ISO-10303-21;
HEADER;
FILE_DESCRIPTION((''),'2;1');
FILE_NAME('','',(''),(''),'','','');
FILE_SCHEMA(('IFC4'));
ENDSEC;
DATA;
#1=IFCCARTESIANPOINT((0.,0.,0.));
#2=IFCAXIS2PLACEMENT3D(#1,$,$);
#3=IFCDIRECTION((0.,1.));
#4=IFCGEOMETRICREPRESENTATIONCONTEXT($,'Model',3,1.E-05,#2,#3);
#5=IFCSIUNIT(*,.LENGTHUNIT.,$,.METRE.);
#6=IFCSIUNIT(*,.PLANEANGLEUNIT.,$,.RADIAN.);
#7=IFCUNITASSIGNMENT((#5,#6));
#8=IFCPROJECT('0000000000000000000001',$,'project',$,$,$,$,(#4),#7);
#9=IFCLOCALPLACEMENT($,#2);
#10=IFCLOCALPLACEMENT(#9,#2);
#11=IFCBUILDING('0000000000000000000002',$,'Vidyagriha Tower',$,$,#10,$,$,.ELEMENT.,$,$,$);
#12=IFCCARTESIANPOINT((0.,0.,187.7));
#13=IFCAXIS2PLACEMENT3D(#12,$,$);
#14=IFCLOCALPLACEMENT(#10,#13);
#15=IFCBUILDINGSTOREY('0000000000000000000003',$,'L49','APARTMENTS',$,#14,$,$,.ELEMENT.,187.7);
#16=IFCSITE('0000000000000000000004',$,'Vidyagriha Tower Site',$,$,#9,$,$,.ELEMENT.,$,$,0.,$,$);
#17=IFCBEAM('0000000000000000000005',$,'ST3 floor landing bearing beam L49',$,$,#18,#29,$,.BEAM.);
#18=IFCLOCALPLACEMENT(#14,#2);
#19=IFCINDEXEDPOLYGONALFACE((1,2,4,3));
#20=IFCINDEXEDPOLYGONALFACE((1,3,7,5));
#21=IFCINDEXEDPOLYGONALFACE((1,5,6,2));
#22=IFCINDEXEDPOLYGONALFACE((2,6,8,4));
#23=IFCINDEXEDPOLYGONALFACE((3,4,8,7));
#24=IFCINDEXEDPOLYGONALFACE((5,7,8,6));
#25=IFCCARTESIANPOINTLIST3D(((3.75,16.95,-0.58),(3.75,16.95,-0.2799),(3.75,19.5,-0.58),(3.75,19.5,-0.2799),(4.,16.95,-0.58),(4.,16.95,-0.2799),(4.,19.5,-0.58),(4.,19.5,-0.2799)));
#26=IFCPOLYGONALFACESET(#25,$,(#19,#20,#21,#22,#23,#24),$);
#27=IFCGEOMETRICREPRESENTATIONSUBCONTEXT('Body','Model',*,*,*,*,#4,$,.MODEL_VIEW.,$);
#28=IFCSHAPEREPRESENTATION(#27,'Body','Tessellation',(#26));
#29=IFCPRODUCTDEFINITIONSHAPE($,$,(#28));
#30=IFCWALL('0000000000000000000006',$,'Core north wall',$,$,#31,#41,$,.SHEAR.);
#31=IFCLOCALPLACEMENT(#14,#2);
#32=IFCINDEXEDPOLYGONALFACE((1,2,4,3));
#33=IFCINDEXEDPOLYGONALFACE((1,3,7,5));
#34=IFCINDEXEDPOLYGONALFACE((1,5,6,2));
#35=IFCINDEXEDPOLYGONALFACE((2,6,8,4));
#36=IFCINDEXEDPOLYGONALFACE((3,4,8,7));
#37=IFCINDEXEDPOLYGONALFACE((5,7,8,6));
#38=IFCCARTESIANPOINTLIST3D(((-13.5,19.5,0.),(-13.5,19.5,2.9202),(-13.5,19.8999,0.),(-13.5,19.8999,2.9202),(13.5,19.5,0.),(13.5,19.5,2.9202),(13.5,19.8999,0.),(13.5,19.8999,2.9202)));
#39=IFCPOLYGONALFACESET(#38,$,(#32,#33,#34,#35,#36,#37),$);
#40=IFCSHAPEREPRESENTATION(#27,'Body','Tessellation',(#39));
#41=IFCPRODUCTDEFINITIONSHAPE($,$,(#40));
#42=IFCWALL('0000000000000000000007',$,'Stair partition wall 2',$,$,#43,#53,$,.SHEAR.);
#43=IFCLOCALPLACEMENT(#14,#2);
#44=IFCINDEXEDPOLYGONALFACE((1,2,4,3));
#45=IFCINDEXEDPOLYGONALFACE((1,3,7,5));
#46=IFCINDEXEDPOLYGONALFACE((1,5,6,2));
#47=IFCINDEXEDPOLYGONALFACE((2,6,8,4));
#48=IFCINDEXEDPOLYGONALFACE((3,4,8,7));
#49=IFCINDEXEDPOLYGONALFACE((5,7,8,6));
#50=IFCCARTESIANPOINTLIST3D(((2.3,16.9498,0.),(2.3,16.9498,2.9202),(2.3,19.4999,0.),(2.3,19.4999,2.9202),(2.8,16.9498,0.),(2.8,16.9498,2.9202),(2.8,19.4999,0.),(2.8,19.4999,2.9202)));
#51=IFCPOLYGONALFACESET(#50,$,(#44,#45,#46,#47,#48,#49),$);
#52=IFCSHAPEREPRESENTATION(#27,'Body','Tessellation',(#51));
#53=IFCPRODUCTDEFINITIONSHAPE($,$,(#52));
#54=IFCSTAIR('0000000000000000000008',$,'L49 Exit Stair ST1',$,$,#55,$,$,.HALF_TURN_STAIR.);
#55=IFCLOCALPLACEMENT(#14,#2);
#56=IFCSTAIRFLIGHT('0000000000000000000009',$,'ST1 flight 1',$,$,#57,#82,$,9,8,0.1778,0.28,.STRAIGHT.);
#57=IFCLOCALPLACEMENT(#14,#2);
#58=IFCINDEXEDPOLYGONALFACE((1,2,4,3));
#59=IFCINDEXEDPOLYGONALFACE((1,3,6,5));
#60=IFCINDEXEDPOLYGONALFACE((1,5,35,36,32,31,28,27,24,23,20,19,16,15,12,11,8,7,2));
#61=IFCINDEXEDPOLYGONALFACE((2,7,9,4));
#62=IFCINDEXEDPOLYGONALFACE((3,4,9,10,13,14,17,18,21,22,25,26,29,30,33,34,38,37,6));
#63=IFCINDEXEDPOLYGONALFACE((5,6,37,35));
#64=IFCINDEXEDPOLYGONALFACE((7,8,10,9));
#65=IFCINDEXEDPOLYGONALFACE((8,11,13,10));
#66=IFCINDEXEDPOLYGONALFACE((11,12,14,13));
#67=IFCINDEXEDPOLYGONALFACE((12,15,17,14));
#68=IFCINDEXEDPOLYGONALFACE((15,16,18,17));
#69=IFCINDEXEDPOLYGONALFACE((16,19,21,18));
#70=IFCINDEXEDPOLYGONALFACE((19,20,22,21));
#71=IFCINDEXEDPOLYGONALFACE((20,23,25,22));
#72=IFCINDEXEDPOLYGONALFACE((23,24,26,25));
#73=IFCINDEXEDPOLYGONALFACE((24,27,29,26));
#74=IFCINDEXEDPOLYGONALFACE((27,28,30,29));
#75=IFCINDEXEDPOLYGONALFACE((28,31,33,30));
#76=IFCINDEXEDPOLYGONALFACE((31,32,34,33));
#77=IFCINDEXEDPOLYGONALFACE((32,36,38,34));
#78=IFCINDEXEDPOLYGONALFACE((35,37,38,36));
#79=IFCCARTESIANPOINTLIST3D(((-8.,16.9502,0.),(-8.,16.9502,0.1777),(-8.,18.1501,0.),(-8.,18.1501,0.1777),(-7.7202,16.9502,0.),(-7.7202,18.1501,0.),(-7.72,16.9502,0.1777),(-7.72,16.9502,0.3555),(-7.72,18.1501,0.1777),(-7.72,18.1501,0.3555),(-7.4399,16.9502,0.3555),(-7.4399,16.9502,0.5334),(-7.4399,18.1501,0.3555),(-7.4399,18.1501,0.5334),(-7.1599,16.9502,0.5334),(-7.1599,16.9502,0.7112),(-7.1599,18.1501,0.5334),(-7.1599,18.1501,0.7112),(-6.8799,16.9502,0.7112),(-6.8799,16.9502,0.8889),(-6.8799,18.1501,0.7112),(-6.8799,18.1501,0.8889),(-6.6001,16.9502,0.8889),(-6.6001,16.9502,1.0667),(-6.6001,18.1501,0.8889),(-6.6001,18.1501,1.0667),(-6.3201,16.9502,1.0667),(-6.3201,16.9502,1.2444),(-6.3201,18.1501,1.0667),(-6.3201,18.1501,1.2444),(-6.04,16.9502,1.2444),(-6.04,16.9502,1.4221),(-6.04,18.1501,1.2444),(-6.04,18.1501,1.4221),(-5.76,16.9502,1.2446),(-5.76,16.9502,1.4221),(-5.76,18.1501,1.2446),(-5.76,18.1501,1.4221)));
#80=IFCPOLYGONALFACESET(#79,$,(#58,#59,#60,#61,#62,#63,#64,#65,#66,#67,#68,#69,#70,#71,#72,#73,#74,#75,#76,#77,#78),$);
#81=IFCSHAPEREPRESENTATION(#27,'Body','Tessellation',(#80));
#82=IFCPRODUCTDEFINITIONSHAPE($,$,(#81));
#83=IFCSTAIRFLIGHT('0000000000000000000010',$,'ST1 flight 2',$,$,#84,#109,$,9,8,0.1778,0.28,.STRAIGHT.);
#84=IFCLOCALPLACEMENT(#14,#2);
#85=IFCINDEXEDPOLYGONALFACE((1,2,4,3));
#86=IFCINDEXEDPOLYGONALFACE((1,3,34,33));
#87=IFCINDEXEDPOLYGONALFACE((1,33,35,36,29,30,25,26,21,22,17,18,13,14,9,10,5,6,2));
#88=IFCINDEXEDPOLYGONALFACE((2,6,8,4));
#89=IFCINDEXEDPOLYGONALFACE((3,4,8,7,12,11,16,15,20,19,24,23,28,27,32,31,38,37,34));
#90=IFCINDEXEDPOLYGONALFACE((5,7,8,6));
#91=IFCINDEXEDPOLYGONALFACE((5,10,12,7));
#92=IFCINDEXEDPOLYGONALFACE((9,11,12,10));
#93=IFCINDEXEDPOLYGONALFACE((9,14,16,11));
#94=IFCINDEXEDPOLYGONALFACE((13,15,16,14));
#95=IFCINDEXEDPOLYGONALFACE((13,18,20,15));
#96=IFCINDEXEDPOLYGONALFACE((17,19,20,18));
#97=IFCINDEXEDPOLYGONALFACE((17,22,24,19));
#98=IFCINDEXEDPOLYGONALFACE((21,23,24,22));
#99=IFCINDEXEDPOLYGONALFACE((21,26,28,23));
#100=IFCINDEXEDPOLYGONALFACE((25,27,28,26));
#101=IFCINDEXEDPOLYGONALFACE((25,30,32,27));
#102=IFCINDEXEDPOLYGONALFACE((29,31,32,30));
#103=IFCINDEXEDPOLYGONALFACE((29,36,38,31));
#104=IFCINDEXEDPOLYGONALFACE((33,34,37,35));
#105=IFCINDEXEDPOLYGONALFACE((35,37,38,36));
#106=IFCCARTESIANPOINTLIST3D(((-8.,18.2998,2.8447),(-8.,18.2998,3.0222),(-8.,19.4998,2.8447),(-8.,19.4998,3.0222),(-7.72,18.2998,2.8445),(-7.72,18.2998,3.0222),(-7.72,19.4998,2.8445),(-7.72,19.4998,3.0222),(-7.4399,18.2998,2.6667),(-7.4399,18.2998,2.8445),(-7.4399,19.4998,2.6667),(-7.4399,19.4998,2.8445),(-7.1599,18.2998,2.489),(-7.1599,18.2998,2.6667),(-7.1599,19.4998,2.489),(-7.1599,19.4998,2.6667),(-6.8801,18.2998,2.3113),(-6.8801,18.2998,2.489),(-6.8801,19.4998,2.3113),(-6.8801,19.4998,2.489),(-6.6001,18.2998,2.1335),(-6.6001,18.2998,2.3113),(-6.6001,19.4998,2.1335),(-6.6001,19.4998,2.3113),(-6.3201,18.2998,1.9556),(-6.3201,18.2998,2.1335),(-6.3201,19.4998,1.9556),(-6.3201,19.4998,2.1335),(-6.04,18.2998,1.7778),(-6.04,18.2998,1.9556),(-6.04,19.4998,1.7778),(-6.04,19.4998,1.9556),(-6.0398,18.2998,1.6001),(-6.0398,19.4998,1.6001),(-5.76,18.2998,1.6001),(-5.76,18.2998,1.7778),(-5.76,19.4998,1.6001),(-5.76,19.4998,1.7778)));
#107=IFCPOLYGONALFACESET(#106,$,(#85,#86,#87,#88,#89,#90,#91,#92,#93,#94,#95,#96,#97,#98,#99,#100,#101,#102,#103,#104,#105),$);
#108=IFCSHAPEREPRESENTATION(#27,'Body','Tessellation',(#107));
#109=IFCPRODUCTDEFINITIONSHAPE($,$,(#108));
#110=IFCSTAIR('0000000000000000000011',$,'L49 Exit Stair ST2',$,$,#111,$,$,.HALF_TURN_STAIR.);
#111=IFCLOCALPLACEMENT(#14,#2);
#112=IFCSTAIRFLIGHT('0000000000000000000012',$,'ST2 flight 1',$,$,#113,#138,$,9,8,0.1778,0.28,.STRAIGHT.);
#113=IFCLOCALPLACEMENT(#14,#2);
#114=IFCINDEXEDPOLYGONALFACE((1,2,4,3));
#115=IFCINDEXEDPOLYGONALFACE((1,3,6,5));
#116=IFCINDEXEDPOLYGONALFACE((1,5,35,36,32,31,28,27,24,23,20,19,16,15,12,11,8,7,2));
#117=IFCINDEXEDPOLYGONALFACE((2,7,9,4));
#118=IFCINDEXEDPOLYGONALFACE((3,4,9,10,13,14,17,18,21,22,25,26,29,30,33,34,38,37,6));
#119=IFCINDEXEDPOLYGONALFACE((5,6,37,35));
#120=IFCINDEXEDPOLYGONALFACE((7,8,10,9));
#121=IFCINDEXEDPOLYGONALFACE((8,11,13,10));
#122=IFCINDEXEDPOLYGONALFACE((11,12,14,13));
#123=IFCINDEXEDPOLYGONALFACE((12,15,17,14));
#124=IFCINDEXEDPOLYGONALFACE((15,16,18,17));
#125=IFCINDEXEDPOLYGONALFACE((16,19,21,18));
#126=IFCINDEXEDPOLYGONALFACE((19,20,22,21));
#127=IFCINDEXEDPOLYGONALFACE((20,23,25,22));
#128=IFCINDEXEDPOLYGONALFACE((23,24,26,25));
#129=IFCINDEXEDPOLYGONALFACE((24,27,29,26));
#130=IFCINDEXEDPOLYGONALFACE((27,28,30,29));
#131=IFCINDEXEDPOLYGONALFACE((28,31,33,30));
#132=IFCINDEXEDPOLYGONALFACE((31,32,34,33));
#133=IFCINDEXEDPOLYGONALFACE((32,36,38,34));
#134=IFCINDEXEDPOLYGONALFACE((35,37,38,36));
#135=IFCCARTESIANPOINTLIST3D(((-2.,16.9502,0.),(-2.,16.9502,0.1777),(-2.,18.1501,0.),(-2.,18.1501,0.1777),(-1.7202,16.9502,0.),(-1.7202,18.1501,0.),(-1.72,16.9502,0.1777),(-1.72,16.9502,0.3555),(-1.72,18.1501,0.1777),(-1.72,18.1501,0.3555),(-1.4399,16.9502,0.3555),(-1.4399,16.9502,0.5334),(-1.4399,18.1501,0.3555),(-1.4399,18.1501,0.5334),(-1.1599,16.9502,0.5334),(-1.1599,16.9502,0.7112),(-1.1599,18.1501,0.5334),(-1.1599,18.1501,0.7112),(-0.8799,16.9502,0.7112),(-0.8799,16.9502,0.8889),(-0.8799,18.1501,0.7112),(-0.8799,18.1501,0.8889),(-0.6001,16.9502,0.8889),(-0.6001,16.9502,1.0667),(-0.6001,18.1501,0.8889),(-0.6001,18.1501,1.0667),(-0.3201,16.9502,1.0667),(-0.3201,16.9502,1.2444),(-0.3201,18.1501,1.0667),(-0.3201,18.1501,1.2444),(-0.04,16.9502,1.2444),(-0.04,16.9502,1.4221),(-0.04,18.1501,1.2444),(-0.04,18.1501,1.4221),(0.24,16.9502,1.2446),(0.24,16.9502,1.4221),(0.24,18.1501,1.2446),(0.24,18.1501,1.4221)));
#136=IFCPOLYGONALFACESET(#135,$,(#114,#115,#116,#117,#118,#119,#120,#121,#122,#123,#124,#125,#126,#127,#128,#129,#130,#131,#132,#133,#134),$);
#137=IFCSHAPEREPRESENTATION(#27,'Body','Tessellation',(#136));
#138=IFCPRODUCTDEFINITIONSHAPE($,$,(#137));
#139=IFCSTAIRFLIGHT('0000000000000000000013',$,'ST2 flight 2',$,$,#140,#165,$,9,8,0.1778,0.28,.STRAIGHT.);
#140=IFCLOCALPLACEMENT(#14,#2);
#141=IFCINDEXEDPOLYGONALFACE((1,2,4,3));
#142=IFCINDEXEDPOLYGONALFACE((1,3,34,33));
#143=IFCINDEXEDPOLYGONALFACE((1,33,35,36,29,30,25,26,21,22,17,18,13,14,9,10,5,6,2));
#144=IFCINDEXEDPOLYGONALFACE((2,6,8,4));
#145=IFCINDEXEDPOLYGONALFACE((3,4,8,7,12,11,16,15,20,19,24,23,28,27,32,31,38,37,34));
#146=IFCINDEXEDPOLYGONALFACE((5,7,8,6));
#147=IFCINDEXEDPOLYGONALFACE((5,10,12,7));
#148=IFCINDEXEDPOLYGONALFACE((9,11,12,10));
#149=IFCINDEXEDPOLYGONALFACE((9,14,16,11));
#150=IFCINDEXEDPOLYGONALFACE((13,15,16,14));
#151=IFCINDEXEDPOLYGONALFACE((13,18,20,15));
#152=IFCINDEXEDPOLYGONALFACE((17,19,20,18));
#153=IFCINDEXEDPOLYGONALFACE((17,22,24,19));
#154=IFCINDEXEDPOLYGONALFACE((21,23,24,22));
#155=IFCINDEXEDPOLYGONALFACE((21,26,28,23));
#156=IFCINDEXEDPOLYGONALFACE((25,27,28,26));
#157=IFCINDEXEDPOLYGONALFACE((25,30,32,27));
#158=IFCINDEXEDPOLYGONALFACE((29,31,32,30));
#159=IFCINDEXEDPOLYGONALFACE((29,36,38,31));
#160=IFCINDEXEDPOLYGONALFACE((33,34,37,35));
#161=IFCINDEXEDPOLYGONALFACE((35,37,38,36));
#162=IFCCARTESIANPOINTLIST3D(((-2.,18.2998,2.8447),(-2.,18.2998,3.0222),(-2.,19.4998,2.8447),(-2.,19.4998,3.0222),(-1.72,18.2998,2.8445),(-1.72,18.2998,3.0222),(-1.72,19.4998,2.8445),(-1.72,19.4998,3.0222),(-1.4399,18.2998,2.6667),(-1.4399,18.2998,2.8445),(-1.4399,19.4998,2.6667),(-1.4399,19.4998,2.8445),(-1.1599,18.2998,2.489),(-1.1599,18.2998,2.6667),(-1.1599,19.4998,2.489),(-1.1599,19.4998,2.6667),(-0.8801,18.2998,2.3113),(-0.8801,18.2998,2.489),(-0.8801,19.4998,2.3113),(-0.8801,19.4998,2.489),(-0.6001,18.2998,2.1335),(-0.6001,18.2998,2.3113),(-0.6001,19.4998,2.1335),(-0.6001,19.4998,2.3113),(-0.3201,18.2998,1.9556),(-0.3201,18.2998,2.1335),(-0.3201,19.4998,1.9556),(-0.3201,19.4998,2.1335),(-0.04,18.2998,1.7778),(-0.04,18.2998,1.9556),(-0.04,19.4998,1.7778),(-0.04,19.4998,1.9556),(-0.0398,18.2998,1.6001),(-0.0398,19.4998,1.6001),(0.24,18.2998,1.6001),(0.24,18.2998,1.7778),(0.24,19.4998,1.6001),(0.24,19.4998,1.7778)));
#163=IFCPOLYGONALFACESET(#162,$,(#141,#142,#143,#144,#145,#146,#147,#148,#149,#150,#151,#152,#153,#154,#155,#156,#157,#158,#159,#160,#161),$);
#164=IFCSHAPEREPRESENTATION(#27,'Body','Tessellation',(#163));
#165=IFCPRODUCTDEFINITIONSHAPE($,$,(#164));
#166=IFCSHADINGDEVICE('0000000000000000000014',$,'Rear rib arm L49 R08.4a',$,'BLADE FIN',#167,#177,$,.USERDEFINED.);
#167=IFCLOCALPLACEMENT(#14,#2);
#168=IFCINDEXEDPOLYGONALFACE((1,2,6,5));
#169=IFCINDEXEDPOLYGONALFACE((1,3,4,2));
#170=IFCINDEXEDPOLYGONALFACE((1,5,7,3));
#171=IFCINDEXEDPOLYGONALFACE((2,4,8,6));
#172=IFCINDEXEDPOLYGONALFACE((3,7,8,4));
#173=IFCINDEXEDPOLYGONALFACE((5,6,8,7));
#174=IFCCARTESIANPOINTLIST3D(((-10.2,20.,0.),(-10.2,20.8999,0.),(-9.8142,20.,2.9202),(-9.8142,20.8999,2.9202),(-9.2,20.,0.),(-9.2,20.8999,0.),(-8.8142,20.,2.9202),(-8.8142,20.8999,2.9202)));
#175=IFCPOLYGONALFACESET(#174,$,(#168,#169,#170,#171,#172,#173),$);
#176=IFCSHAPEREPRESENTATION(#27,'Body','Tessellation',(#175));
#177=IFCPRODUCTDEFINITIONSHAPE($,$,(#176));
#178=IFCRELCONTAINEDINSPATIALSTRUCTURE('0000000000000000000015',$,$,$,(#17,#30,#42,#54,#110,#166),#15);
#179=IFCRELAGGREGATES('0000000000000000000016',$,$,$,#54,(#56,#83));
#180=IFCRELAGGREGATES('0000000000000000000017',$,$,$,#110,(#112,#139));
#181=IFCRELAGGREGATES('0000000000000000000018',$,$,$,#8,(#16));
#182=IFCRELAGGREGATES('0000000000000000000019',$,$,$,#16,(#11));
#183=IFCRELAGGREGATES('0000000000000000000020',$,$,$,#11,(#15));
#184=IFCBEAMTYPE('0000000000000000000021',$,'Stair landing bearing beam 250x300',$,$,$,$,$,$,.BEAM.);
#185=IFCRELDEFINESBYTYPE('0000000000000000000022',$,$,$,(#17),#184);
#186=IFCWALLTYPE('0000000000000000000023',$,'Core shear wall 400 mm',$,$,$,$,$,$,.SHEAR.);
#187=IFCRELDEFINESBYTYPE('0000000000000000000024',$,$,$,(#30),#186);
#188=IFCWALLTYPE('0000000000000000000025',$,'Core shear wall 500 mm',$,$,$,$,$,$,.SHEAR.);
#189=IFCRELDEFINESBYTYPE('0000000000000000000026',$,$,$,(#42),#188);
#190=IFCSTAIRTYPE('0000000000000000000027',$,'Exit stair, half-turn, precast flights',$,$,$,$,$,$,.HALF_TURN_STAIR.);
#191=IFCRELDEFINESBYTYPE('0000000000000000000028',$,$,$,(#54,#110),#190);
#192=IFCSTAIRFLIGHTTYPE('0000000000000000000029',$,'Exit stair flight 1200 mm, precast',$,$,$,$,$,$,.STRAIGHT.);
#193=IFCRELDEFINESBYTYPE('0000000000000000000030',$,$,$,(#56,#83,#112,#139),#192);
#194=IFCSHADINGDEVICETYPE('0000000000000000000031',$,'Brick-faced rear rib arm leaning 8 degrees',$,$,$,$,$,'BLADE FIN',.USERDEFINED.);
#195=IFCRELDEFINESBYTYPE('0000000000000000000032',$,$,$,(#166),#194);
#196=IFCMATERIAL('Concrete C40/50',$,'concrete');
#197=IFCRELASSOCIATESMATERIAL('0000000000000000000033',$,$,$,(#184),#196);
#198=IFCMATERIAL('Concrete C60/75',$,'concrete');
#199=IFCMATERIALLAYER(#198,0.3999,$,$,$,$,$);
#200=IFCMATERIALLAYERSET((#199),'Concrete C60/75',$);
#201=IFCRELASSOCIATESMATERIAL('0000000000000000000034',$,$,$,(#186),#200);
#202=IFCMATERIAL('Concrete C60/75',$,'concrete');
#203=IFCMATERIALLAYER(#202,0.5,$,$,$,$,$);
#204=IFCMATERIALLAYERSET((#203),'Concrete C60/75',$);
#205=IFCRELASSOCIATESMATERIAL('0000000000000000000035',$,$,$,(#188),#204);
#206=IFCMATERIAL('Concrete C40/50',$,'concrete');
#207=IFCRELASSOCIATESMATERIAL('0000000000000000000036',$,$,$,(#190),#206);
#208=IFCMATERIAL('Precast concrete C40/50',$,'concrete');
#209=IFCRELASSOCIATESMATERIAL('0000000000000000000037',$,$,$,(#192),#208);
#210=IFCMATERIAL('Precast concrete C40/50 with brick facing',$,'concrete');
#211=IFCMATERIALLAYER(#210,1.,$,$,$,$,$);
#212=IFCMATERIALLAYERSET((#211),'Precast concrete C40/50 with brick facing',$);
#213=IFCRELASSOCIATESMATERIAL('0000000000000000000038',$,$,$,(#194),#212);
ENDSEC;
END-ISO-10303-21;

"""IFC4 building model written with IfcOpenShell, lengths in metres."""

from ifc_helpers import new_model, si_unit, direction, frame, frame_2d, origin, origin_2d, place, context, subcontext, project, spatial, polyline, rectangle, outline, extrude, material, layer, layer_set, material_profile, profile_set, type_object, element, aggregate, save


model = new_model("IFC4")

# Units and contexts
model_context = context("Model", 3, precision=1e-05, world=origin(), true_north=direction((0.0, 1.0)))
body_context = subcontext(model_context, "Body", "Model", "MODEL_VIEW")
ifc_project = project(units=[si_unit("LENGTHUNIT", "METRE"), si_unit("PLANEANGLEUNIT", "RADIAN")], contexts=[model_context])

# Site, building, storey
site_placement = place(None, origin())
site = spatial("IfcSite", under=ifc_project, at=site_placement, Name="Vidyagriha Tower Site", CompositionType="ELEMENT", RefElevation=0.0)
building_placement = place(site_placement, origin())
building = spatial("IfcBuilding", under=site, at=building_placement, Name="Vidyagriha Tower", CompositionType="ELEMENT")
storey_placement = place(building_placement, frame((0.0, 0.0, 187.7)))
storey = spatial("IfcBuildingStorey", under=building, at=storey_placement, Name="L49", Description="APARTMENTS", CompositionType="ELEMENT", Elevation=187.7)

# Beam
ifc_material_1 = material(Name="Concrete C40/50", Category="concrete")
ifc_material_profile = material_profile(ifc_material_1, rectangle(XDim=0.25, YDim=0.3, at=origin_2d()), Name="Stair landing bearing beam 250x300")
ifc_profile_set = profile_set([ifc_material_profile], Name="Concrete C40/50")
beam_type = type_object("IfcBeamType", Name="Stair landing bearing beam 250x300", PredefinedType="BEAM", material=ifc_profile_set)
beam_placement = place(storey_placement, frame((3.875, 16.95, -0.4299), z_axis=(0.0, 1.0, 0.0), x_axis=(-1.0, 0.0, 0.0)))
element("IfcBeam", 1, at=beam_placement, inside=storey, type_object=beam_type, Name="ST3 floor landing bearing beam L49", PredefinedType="BEAM", context=body_context, shape_type="SweptSolid", body=[
    extrude(rectangle(XDim=0.25, YDim=0.3, at=origin_2d()), origin(), (0.0, 0.0, 1.0), 2.55),
])

# Walls
ifc_material_2 = material(Name="Concrete C60/75", Category="concrete")
ifc_layer_1 = layer(ifc_material_2, 0.3999)
ifc_layer_set_1 = layer_set([ifc_layer_1], Name="Concrete C60/75")
wall_type_1 = type_object("IfcWallType", Name="Core shear wall 400 mm", PredefinedType="SHEAR", material=ifc_layer_set_1)
wall_1_placement = place(storey_placement, frame((-13.5, 19.7, 0.0)))
element("IfcWall", 2, at=wall_1_placement, inside=storey, type_object=wall_type_1, Name="Core north wall", PredefinedType="SHEAR", context=body_context, shape_type="SweptSolid", body=[
    extrude(rectangle(XDim=27.0, YDim=0.3999, at=frame_2d((13.5, 0.0))), origin(), (0.0, 0.0, 1.0), 2.9202),
])
ifc_material_3 = material(Name="Concrete C60/75", Category="concrete")
ifc_layer_2 = layer(ifc_material_3, 0.5)
ifc_layer_set_2 = layer_set([ifc_layer_2], Name="Concrete C60/75")
wall_type_2 = type_object("IfcWallType", Name="Core shear wall 500 mm", PredefinedType="SHEAR", material=ifc_layer_set_2)
wall_2_placement = place(storey_placement, frame((2.55, 16.95, 0.0), z_axis=(0.0, 0.0, 1.0), x_axis=(0.0, 1.0, 0.0)))
element("IfcWall", 3, at=wall_2_placement, inside=storey, type_object=wall_type_2, Name="Stair partition wall 2", PredefinedType="SHEAR", context=body_context, shape_type="SweptSolid", body=[
    extrude(rectangle(XDim=2.55, YDim=0.5, at=frame_2d((1.2749, 0.0))), origin(), (0.0, 0.0, 1.0), 2.9202),
])

# Stairs, stair flights
ifc_material_4 = material(Name="Concrete C40/50", Category="concrete")
stair_type = type_object("IfcStairType", Name="Exit stair, half-turn, precast flights", PredefinedType="HALF_TURN_STAIR", material=ifc_material_4)
stair_1_placement = place(storey_placement, origin())
stair_1 = element("IfcStair", 4, at=stair_1_placement, inside=storey, type_object=stair_type, Name="L49 Exit Stair ST1", PredefinedType="HALF_TURN_STAIR")
ifc_material_5 = material(Name="Precast concrete C40/50", Category="concrete")
stair_flight_type = type_object("IfcStairFlightType", Name="Exit stair flight 1200 mm, precast", PredefinedType="STRAIGHT", material=ifc_material_5)
stair_flight_1_placement = place(storey_placement, frame((-8.0, 17.55, 0.0)))
stair_flight_1 = element("IfcStairFlight", 5, at=stair_flight_1_placement, type_object=stair_flight_type, Name="ST1 flight 1", NumberOfRisers=9, NumberOfTreads=8, PredefinedType="STRAIGHT", RiserHeight=0.1778, TreadLength=0.28, context=body_context, shape_type="SweptSolid", body=[
    extrude(outline(polyline([(0.0, 0.0), (0.0, 0.1777), (0.28, 0.1777), (0.28, 0.3555), (0.5601, 0.3555), (0.5601, 0.5334), (0.8401, 0.5334), (0.8401, 0.7112), (1.1201, 0.7112), (1.1201, 0.8889), (1.3999, 0.8889), (1.3999, 1.0667), (1.6799, 1.0667), (1.6799, 1.2444), (1.96, 1.2444), (1.96, 1.4221), (2.24, 1.4221), (2.24, 1.6001), (2.24, 1.2446), (0.2798, 0.0), (0.0, 0.0)])), frame((0.0, 0.6001, 0.0), z_axis=(0.0, -1.0, 0.0), x_axis=(1.0, 0.0, 0.0)), (0.0, 0.0, 1.0), 1.2),
])
stair_flight_2_placement = place(storey_placement, frame((-5.76, 18.8999, 1.6001), z_axis=(0.0, 0.0, 1.0), x_axis=(-1.0, 0.0, 0.0)))
stair_flight_2 = element("IfcStairFlight", 6, at=stair_flight_2_placement, type_object=stair_flight_type, Name="ST1 flight 2", NumberOfRisers=9, NumberOfTreads=8, PredefinedType="STRAIGHT", RiserHeight=0.1778, TreadLength=0.28, context=body_context, shape_type="SweptSolid", body=[
    extrude(outline(polyline([(0.0, 0.0), (0.0, 0.1777), (0.28, 0.1777), (0.28, 0.3555), (0.5601, 0.3555), (0.5601, 0.5334), (0.8401, 0.5334), (0.8401, 0.7112), (1.1201, 0.7112), (1.1201, 0.8889), (1.3999, 0.8889), (1.3999, 1.0667), (1.6799, 1.0667), (1.6799, 1.2444), (1.96, 1.2444), (1.96, 1.4221), (2.24, 1.4221), (2.24, 1.6001), (2.24, 1.2446), (0.2798, 0.0), (0.0, 0.0)])), frame((0.0, 0.6001, 0.0), z_axis=(0.0, -1.0, 0.0), x_axis=(1.0, 0.0, 0.0)), (0.0, 0.0, 1.0), 1.2),
])
aggregate(stair_1, [stair_flight_1, stair_flight_2])
stair_2_placement = place(storey_placement, origin())
stair_2 = element("IfcStair", 7, at=stair_2_placement, inside=storey, type_object=stair_type, Name="L49 Exit Stair ST2", PredefinedType="HALF_TURN_STAIR")
stair_flight_3_placement = place(storey_placement, frame((-2.0, 17.55, 0.0)))
stair_flight_3 = element("IfcStairFlight", 8, at=stair_flight_3_placement, type_object=stair_flight_type, Name="ST2 flight 1", NumberOfRisers=9, NumberOfTreads=8, PredefinedType="STRAIGHT", RiserHeight=0.1778, TreadLength=0.28, context=body_context, shape_type="SweptSolid", body=[
    extrude(outline(polyline([(0.0, 0.0), (0.0, 0.1777), (0.28, 0.1777), (0.28, 0.3555), (0.5601, 0.3555), (0.5601, 0.5334), (0.8401, 0.5334), (0.8401, 0.7112), (1.1201, 0.7112), (1.1201, 0.8889), (1.3999, 0.8889), (1.3999, 1.0667), (1.6799, 1.0667), (1.6799, 1.2444), (1.96, 1.2444), (1.96, 1.4221), (2.24, 1.4221), (2.24, 1.6001), (2.24, 1.2446), (0.2798, 0.0), (0.0, 0.0)])), frame((0.0, 0.6001, 0.0), z_axis=(0.0, -1.0, 0.0), x_axis=(1.0, 0.0, 0.0)), (0.0, 0.0, 1.0), 1.2),
])
stair_flight_4_placement = place(storey_placement, frame((0.24, 18.8999, 1.6001), z_axis=(0.0, 0.0, 1.0), x_axis=(-1.0, 0.0, 0.0)))
stair_flight_4 = element("IfcStairFlight", 9, at=stair_flight_4_placement, type_object=stair_flight_type, Name="ST2 flight 2", NumberOfRisers=9, NumberOfTreads=8, PredefinedType="STRAIGHT", RiserHeight=0.1778, TreadLength=0.28, context=body_context, shape_type="SweptSolid", body=[
    extrude(outline(polyline([(0.0, 0.0), (0.0, 0.1777), (0.28, 0.1777), (0.28, 0.3555), (0.5601, 0.3555), (0.5601, 0.5334), (0.8401, 0.5334), (0.8401, 0.7112), (1.1201, 0.7112), (1.1201, 0.8889), (1.3999, 0.8889), (1.3999, 1.0667), (1.6799, 1.0667), (1.6799, 1.2444), (1.96, 1.2444), (1.96, 1.4221), (2.24, 1.4221), (2.24, 1.6001), (2.24, 1.2446), (0.2798, 0.0), (0.0, 0.0)])), frame((0.0, 0.6001, 0.0), z_axis=(0.0, -1.0, 0.0), x_axis=(1.0, 0.0, 0.0)), (0.0, 0.0, 1.0), 1.2),
])
aggregate(stair_2, [stair_flight_3, stair_flight_4])

# Shading device
ifc_material_6 = material(Name="Precast concrete C40/50 with brick facing", Category="concrete")
ifc_layer_3 = layer(ifc_material_6, 1.0)
ifc_layer_set_3 = layer_set([ifc_layer_3], Name="Precast concrete C40/50 with brick facing")
shading_device_type_1 = type_object("IfcShadingDeviceType", Name="Brick-faced rear rib arm leaning 8 degrees", ElementType="BLADE FIN", PredefinedType="USERDEFINED", material=ifc_layer_set_3)
shading_device_1_placement = place(storey_placement, frame((-8.8142, 20.45, 0.0), z_axis=(0.0, 0.0, 1.0), x_axis=(-1.0, 0.0, 0.0)))
element("IfcShadingDevice", 10, at=shading_device_1_placement, inside=storey, type_object=shading_device_type_1, Name="Rear rib arm L49 R08.4a", ObjectType="BLADE FIN", PredefinedType="USERDEFINED", context=body_context, shape_type="SweptSolid", body=[
    extrude(outline(polyline([(0.3857, 0.0), (1.3857, 0.0), (1.0, 2.9202), (0.0, 2.9202), (0.3857, 0.0)])), frame((0.0, 0.45, 0.0), z_axis=(0.0, -1.0, 0.0), x_axis=(1.0, 0.0, 0.0)), (0.0, 0.0, 1.0), 0.8999),
])

save(model, "model.ifc")
